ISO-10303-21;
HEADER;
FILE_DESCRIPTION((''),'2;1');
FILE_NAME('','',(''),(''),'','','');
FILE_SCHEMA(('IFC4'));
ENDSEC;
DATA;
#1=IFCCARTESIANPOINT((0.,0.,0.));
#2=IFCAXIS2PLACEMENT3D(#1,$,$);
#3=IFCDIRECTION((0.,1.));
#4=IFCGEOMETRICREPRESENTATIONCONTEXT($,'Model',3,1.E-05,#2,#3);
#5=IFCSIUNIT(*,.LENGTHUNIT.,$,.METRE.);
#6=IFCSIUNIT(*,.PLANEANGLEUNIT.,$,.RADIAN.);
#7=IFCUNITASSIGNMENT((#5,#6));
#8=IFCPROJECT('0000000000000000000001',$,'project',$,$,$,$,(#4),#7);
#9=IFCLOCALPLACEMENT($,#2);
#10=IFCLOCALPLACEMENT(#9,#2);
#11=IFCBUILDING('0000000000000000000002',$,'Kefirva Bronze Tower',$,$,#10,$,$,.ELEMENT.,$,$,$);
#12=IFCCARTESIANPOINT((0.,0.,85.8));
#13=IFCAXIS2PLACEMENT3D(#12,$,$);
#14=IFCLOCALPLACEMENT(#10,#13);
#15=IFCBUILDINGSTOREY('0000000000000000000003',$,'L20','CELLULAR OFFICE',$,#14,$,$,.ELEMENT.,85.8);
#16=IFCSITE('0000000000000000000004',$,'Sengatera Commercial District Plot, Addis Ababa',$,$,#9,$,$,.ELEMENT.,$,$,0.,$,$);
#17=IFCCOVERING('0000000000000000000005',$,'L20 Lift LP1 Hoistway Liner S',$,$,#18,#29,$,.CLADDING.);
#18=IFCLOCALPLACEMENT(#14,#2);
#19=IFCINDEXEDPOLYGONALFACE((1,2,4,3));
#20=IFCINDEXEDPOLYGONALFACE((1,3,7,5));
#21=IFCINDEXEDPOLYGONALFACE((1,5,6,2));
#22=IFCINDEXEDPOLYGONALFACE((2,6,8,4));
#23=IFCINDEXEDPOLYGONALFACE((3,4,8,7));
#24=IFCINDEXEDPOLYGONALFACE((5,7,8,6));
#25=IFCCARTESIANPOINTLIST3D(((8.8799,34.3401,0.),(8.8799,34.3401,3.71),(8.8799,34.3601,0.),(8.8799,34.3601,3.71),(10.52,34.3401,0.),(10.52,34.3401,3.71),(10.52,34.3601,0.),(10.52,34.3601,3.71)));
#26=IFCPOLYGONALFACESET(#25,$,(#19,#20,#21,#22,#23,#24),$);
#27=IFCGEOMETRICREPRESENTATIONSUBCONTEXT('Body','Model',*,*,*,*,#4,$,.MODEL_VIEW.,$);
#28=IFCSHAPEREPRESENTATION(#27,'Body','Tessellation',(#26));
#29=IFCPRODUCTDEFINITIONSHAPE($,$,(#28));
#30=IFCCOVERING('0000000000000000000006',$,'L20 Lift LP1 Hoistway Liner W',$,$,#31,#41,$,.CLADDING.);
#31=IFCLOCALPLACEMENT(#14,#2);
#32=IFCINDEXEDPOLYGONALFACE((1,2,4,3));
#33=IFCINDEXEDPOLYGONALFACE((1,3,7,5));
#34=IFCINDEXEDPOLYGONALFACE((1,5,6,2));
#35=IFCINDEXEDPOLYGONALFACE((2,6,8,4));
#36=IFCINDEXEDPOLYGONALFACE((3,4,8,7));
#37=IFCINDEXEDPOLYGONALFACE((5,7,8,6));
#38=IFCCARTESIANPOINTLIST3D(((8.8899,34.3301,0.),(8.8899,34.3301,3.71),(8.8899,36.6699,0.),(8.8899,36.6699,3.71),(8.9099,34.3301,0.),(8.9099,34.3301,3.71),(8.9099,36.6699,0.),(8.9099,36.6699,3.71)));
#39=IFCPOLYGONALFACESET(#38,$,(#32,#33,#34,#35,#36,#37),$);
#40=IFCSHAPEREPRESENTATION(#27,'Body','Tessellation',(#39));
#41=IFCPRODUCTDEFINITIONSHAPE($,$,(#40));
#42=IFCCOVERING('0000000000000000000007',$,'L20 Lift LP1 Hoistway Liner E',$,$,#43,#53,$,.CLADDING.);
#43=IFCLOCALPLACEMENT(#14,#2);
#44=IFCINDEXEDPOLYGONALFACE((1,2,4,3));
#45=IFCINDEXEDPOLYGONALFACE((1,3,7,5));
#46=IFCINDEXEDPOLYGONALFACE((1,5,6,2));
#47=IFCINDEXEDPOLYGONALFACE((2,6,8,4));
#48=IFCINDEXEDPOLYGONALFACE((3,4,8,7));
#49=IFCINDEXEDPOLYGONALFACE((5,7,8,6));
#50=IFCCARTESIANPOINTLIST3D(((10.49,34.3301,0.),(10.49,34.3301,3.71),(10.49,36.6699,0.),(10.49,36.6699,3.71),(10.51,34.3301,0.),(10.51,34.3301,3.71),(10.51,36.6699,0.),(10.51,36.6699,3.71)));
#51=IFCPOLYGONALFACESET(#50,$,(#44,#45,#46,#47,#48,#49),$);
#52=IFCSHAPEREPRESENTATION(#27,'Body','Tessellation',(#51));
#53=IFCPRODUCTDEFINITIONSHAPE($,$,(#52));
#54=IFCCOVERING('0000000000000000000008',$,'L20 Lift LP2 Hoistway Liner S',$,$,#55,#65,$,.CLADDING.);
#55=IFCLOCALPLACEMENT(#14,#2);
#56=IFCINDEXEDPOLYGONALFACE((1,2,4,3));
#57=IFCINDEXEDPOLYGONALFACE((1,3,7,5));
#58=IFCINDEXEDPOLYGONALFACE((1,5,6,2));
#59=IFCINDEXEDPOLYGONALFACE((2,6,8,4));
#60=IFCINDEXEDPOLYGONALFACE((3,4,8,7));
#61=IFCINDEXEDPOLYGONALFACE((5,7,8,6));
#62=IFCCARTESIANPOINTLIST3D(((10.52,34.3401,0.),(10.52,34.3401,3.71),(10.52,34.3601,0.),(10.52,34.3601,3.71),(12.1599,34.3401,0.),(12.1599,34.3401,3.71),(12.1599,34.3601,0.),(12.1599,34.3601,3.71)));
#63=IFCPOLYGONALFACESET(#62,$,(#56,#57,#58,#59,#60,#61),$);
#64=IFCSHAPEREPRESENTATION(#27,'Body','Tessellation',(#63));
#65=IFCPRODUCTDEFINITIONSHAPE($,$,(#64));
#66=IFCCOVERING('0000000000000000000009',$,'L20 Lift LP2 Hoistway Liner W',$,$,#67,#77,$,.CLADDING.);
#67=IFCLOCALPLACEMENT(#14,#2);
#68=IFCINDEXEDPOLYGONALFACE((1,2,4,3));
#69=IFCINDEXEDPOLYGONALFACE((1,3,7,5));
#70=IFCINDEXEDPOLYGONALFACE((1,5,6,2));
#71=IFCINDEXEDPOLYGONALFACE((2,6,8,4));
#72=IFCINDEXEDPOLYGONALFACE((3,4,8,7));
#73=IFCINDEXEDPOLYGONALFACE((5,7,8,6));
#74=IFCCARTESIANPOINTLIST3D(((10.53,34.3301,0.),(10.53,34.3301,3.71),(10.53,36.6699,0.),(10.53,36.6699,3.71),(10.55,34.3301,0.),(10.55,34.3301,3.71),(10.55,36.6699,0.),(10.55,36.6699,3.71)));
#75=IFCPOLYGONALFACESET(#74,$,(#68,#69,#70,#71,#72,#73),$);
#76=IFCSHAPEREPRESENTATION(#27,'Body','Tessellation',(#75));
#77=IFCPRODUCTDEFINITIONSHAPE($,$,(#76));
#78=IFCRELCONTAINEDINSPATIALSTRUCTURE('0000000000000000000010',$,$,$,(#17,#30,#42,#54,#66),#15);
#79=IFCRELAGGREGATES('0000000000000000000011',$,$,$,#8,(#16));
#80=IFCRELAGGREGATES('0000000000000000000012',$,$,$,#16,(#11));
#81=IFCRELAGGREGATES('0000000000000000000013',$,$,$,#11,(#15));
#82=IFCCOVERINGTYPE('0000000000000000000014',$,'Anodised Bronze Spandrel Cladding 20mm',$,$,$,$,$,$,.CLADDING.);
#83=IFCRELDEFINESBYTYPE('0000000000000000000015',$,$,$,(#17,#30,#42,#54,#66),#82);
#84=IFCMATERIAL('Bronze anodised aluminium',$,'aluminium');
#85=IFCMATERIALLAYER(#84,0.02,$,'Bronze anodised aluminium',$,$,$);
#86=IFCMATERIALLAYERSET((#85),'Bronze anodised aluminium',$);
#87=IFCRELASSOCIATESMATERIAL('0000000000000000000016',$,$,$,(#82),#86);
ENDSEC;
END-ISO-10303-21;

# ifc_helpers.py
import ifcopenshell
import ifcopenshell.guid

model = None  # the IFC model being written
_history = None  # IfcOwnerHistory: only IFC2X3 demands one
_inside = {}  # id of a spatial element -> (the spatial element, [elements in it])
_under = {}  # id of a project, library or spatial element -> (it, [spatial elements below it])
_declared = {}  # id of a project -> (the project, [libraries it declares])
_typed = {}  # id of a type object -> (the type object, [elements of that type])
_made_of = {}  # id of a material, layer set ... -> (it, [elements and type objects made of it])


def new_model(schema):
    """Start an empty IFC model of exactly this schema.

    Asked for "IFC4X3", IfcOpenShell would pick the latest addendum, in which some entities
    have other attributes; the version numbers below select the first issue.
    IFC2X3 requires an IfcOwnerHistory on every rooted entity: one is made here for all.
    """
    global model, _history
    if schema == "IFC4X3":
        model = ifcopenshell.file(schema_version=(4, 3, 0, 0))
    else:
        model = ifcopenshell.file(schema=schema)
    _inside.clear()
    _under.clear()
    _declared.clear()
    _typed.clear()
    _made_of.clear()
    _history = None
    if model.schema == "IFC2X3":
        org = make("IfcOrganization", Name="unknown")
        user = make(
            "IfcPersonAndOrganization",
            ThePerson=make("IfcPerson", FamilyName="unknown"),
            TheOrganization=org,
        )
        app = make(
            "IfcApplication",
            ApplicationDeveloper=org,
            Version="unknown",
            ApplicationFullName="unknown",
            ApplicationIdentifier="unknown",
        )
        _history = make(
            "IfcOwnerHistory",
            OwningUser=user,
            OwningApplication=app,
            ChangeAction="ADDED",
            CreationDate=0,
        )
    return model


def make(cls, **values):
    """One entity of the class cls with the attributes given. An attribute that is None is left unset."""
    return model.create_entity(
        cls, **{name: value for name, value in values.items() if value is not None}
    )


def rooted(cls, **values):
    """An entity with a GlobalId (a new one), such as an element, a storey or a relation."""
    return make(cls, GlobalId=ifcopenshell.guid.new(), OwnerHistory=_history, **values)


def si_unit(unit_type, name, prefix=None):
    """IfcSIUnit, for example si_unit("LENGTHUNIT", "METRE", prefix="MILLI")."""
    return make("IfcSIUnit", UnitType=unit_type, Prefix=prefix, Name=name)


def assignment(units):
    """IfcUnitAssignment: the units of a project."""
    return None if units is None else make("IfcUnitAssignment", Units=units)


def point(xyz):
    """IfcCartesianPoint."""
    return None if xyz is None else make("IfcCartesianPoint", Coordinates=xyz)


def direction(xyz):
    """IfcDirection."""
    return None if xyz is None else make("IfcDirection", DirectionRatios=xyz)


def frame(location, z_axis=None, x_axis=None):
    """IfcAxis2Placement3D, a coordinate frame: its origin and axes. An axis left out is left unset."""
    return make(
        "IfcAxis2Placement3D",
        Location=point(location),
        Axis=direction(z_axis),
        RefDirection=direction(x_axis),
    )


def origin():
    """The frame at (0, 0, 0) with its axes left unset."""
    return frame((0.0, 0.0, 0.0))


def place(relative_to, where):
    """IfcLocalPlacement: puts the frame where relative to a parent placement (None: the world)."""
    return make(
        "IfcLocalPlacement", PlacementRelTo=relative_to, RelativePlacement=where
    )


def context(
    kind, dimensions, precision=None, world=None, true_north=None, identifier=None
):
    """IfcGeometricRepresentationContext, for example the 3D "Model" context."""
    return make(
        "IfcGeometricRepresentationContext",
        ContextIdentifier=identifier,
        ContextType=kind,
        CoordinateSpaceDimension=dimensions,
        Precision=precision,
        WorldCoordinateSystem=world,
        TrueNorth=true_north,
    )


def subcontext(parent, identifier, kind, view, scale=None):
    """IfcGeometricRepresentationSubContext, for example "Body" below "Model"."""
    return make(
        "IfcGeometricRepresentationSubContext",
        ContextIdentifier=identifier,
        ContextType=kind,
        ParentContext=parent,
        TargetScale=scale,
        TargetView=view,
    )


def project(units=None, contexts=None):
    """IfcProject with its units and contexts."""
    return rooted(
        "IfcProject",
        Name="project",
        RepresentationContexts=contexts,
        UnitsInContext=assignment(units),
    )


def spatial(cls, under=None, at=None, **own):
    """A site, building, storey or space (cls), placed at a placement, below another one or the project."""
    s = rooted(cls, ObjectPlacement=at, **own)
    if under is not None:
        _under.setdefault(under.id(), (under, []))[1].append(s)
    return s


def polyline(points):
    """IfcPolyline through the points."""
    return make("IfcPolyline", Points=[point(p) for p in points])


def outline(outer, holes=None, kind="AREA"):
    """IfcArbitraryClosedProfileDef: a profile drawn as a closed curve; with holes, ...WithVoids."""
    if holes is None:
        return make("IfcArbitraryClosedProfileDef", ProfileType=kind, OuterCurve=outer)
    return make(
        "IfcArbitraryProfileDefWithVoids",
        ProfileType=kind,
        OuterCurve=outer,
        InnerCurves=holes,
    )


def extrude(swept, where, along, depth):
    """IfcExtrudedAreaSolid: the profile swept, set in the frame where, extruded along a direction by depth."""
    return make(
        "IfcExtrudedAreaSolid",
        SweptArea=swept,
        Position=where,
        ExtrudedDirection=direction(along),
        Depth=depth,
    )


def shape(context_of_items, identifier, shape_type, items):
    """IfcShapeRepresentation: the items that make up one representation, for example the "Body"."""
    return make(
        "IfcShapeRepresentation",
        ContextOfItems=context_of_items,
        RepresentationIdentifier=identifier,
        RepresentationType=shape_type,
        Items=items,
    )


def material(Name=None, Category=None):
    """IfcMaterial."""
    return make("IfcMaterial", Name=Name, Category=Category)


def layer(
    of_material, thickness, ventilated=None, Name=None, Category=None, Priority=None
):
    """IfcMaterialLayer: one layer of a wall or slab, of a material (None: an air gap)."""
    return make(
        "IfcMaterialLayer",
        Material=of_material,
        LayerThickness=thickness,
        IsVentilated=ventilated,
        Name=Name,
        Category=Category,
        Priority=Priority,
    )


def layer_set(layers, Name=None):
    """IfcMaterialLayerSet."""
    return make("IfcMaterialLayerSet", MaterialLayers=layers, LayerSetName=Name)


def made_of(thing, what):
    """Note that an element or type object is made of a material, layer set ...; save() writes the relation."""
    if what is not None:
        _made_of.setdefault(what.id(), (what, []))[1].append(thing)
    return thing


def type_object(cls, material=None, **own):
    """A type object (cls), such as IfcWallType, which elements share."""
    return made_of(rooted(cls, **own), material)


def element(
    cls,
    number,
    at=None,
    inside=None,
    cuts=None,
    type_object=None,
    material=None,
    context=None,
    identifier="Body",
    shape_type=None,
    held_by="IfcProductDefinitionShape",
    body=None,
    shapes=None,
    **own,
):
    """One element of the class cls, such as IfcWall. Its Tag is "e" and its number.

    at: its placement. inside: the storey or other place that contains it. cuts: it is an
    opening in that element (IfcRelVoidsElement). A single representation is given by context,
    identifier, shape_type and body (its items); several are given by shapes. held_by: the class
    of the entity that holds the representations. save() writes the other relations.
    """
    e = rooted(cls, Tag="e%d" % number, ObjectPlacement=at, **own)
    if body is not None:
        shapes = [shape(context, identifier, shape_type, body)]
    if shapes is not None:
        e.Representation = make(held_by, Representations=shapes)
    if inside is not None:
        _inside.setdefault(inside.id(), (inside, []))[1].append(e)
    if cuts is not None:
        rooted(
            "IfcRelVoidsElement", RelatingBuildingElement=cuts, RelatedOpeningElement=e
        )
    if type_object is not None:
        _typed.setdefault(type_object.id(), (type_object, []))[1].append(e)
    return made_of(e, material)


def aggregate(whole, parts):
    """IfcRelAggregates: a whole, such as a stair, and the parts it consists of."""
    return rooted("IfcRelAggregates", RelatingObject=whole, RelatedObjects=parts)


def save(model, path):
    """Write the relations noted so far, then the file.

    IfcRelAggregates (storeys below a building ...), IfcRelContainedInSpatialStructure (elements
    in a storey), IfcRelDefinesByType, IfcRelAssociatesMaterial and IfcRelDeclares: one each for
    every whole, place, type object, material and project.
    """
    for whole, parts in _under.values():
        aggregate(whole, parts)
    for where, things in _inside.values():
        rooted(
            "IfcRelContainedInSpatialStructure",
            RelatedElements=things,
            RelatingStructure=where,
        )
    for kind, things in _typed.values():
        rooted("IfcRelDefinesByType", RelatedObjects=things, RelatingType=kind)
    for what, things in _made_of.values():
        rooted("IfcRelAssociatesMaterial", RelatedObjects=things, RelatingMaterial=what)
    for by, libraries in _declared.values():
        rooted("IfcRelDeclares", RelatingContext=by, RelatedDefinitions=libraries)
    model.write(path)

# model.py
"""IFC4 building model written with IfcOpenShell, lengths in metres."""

from ifc_helpers import new_model, si_unit, direction, frame, origin, place, context, subcontext, project, spatial, polyline, outline, extrude, material, layer, layer_set, type_object, element, save


model = new_model("IFC4")

# Units and contexts
model_context = context("Model", 3, precision=1e-05, world=origin(), true_north=direction((0.0, 1.0)))
body_context = subcontext(model_context, "Body", "Model", "MODEL_VIEW")
ifc_project = project(units=[si_unit("LENGTHUNIT", "METRE"), si_unit("PLANEANGLEUNIT", "RADIAN")], contexts=[model_context])

# Site, building, storey
site_placement = place(None, origin())
site = spatial("IfcSite", under=ifc_project, at=site_placement, Name="Sengatera Commercial District Plot, Addis Ababa", CompositionType="ELEMENT", RefElevation=0.0)
building_placement = place(site_placement, origin())
building = spatial("IfcBuilding", under=site, at=building_placement, Name="Kefirva Bronze Tower", CompositionType="ELEMENT")
storey_placement = place(building_placement, frame((0.0, 0.0, 85.8)))
storey = spatial("IfcBuildingStorey", under=building, at=storey_placement, Name="L20", Description="CELLULAR OFFICE", CompositionType="ELEMENT", Elevation=85.8)

# Coverings
ifc_material_1 = material(Name="Bronze anodised aluminium", Category="aluminium")
ifc_layer_1 = layer(ifc_material_1, 0.02, Name="Bronze anodised aluminium")
ifc_layer_set_1 = layer_set([ifc_layer_1], Name="Bronze anodised aluminium")
covering_type = type_object("IfcCoveringType", Name="Anodised Bronze Spandrel Cladding 20mm", PredefinedType="CLADDING", material=ifc_layer_set_1)
covering_1_placement = place(storey_placement, origin())
element("IfcCovering", 1, at=covering_1_placement, inside=storey, type_object=covering_type, Name="L20 Lift LP1 Hoistway Liner S", PredefinedType="CLADDING", context=body_context, shape_type="SweptSolid", body=[
    extrude(outline(polyline([(8.8799, 34.3401), (10.52, 34.3401), (10.52, 34.3601), (8.8799, 34.3601), (8.8799, 34.3401)])), origin(), (0.0, 0.0, 1.0), 3.71),
])
covering_2_placement = place(storey_placement, origin())
element("IfcCovering", 2, at=covering_2_placement, inside=storey, type_object=covering_type, Name="L20 Lift LP1 Hoistway Liner W", PredefinedType="CLADDING", context=body_context, shape_type="SweptSolid", body=[
    extrude(outline(polyline([(8.8899, 34.3301), (8.9099, 34.3301), (8.9099, 36.6699), (8.8899, 36.6699), (8.8899, 34.3301)])), origin(), (0.0, 0.0, 1.0), 3.71),
])
covering_3_placement = place(storey_placement, origin())
element("IfcCovering", 3, at=covering_3_placement, inside=storey, type_object=covering_type, Name="L20 Lift LP1 Hoistway Liner E", PredefinedType="CLADDING", context=body_context, shape_type="SweptSolid", body=[
    extrude(outline(polyline([(10.49, 34.3301), (10.51, 34.3301), (10.51, 36.6699), (10.49, 36.6699), (10.49, 34.3301)])), origin(), (0.0, 0.0, 1.0), 3.71),
])
covering_4_placement = place(storey_placement, origin())
element("IfcCovering", 4, at=covering_4_placement, inside=storey, type_object=covering_type, Name="L20 Lift LP2 Hoistway Liner S", PredefinedType="CLADDING", context=body_context, shape_type="SweptSolid", body=[
    extrude(outline(polyline([(10.52, 34.3401), (12.1599, 34.3401), (12.1599, 34.3601), (10.52, 34.3601), (10.52, 34.3401)])), origin(), (0.0, 0.0, 1.0), 3.71),
])
covering_5_placement = place(storey_placement, origin())
element("IfcCovering", 5, at=covering_5_placement, inside=storey, type_object=covering_type, Name="L20 Lift LP2 Hoistway Liner W", PredefinedType="CLADDING", context=body_context, shape_type="SweptSolid", body=[
    extrude(outline(polyline([(10.53, 34.3301), (10.55, 34.3301), (10.55, 36.6699), (10.53, 36.6699), (10.53, 34.3301)])), origin(), (0.0, 0.0, 1.0), 3.71),
])

save(model, "model.ifc")
